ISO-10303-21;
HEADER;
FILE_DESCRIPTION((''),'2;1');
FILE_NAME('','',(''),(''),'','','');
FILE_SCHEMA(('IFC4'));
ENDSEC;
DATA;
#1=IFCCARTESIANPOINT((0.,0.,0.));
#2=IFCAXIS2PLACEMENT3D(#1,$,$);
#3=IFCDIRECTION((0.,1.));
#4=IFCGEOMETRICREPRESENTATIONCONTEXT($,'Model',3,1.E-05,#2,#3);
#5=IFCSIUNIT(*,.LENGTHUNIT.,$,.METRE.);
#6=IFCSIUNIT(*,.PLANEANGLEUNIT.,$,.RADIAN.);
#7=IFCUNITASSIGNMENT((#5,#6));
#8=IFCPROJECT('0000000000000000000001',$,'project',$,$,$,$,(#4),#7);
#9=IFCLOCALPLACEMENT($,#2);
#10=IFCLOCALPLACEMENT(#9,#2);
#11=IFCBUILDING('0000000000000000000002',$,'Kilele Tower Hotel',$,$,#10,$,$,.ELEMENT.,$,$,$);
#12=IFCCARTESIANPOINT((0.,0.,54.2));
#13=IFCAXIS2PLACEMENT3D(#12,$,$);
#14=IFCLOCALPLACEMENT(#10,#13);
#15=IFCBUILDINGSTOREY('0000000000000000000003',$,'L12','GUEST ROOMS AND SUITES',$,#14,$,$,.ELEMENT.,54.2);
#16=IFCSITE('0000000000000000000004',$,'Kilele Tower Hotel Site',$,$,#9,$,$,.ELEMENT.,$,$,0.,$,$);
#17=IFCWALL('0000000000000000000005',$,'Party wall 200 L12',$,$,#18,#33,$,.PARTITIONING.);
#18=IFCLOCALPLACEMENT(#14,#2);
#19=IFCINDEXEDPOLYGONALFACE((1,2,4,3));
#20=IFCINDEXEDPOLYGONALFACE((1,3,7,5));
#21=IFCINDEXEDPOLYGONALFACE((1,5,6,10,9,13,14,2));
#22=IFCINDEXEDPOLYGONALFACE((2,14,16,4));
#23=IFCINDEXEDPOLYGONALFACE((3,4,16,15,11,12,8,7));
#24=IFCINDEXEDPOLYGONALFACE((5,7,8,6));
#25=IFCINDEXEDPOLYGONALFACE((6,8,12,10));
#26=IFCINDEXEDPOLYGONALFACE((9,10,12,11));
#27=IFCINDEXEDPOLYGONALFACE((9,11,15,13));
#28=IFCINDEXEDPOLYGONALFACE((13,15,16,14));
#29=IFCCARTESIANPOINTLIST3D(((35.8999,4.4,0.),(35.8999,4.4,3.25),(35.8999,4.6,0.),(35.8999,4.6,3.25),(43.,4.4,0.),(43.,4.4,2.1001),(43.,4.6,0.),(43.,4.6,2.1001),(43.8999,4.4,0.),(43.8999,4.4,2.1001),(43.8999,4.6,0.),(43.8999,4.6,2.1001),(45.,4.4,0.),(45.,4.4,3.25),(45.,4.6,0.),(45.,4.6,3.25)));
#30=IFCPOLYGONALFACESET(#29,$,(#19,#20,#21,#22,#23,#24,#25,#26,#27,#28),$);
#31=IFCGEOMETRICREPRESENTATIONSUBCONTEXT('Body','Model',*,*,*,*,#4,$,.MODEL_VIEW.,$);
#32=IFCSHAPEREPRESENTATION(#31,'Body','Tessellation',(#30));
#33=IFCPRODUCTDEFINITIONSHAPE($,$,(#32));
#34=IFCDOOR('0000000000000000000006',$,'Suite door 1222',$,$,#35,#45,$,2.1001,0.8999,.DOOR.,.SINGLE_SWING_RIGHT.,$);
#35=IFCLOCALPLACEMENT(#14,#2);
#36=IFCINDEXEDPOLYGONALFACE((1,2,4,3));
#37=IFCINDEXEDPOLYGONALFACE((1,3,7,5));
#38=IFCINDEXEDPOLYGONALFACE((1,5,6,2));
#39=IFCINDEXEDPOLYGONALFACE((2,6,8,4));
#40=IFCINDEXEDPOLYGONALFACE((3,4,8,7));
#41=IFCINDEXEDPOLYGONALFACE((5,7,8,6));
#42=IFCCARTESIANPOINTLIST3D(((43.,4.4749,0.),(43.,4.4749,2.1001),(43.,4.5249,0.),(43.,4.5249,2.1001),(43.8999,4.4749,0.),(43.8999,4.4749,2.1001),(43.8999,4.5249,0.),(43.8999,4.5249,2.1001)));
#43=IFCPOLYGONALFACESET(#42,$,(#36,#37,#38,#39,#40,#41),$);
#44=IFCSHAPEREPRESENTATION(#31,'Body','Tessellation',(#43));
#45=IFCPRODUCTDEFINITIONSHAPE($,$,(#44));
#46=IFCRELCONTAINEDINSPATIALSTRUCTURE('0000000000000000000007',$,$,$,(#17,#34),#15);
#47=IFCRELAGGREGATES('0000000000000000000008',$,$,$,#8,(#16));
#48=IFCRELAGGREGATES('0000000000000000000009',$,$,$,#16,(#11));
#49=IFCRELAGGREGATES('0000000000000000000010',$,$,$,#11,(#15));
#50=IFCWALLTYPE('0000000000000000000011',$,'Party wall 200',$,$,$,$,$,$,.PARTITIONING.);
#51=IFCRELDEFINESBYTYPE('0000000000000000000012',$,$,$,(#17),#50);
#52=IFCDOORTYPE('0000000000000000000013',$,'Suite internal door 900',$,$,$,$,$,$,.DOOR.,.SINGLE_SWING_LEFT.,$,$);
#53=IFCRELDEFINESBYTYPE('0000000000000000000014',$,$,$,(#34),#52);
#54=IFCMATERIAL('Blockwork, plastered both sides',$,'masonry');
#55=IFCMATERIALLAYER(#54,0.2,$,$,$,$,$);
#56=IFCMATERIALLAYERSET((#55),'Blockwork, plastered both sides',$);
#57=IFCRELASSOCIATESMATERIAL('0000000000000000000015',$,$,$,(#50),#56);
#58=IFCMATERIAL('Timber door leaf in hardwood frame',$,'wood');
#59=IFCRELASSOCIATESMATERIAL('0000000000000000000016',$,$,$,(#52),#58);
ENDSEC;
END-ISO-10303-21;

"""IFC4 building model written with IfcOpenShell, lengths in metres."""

from ifc_helpers import new_model, si_unit, direction, frame, frame_2d, origin, place, context, subcontext, project, spatial, rectangle, extrude, material, layer, layer_set, type_object, element, fill, save


model = new_model("IFC4")

# Units and contexts
model_context = context("Model", 3, precision=1e-05, world=origin(), true_north=direction((0.0, 1.0)))
body_context = subcontext(model_context, "Body", "Model", "MODEL_VIEW")
ifc_project = project(units=[si_unit("LENGTHUNIT", "METRE"), si_unit("PLANEANGLEUNIT", "RADIAN")], contexts=[model_context])

# Site, building, storey
site_placement = place(None, origin())
site = spatial("IfcSite", under=ifc_project, at=site_placement, Name="Kilele Tower Hotel Site", CompositionType="ELEMENT", RefElevation=0.0)
building_placement = place(site_placement, origin())
building = spatial("IfcBuilding", under=site, at=building_placement, Name="Kilele Tower Hotel", CompositionType="ELEMENT")
storey_placement = place(building_placement, frame((0.0, 0.0, 54.2)))
storey = spatial("IfcBuildingStorey", under=building, at=storey_placement, Name="L12", Description="GUEST ROOMS AND SUITES", CompositionType="ELEMENT", Elevation=54.2)

# Wall, opening, door
ifc_material_1 = material(Name="Blockwork, plastered both sides", Category="masonry")
ifc_layer_1 = layer(ifc_material_1, 0.2)
ifc_layer_set_1 = layer_set([ifc_layer_1], Name="Blockwork, plastered both sides")
wall_type_1 = type_object("IfcWallType", Name="Party wall 200", PredefinedType="PARTITIONING", material=ifc_layer_set_1)
wall_1_placement = place(storey_placement, frame((35.8999, 4.5, 0.0), z_axis=(0.0, 0.0, 1.0), x_axis=(1.0, 0.0, 0.0)))
wall_1 = element("IfcWall", 1, at=wall_1_placement, inside=storey, type_object=wall_type_1, Name="Party wall 200 L12", PredefinedType="PARTITIONING", context=body_context, shape_type="SweptSolid", body=[
    extrude(rectangle(XDim=9.1001, YDim=0.2, at=frame_2d((4.55, 0.0))), origin(), (0.0, 0.0, 1.0), 3.25),
])
opening_1_placement = place(wall_1_placement, frame((7.1001, 0.0, 0.0)))
opening_1 = element("IfcOpeningElement", 2, at=opening_1_placement, cuts=wall_1, PredefinedType="OPENING", context=body_context, shape_type="SweptSolid", body=[
    extrude(rectangle(XDim=0.8999, YDim=2.1001, at=frame_2d((0.45, 1.05))), frame((0.0, 0.1099, 0.0), z_axis=(0.0, -1.0, 0.0), x_axis=(1.0, 0.0, 0.0)), (0.0, 0.0, 1.0), 0.22),
])
ifc_material_2 = material(Name="Timber door leaf in hardwood frame", Category="wood")
door_type_1 = type_object("IfcDoorType", Name="Suite internal door 900", OperationType="SINGLE_SWING_LEFT", PredefinedType="DOOR", material=ifc_material_2)
door_1_placement = place(opening_1_placement, origin())
door_1 = element("IfcDoor", 3, at=door_1_placement, inside=storey, type_object=door_type_1, Name="Suite door 1222", OperationType="SINGLE_SWING_RIGHT", OverallHeight=2.1001, OverallWidth=0.8999, PredefinedType="DOOR", context=body_context, shape_type="SweptSolid", body=[
    extrude(rectangle(XDim=0.8999, YDim=2.1001, at=frame_2d((0.45, 1.05))), frame((0.0, 0.0249, 0.0), z_axis=(0.0, -1.0, 0.0), x_axis=(1.0, 0.0, 0.0)), (0.0, 0.0, 1.0), 0.05),
])
fill(opening_1, door_1)

save(model, "model.ifc")
